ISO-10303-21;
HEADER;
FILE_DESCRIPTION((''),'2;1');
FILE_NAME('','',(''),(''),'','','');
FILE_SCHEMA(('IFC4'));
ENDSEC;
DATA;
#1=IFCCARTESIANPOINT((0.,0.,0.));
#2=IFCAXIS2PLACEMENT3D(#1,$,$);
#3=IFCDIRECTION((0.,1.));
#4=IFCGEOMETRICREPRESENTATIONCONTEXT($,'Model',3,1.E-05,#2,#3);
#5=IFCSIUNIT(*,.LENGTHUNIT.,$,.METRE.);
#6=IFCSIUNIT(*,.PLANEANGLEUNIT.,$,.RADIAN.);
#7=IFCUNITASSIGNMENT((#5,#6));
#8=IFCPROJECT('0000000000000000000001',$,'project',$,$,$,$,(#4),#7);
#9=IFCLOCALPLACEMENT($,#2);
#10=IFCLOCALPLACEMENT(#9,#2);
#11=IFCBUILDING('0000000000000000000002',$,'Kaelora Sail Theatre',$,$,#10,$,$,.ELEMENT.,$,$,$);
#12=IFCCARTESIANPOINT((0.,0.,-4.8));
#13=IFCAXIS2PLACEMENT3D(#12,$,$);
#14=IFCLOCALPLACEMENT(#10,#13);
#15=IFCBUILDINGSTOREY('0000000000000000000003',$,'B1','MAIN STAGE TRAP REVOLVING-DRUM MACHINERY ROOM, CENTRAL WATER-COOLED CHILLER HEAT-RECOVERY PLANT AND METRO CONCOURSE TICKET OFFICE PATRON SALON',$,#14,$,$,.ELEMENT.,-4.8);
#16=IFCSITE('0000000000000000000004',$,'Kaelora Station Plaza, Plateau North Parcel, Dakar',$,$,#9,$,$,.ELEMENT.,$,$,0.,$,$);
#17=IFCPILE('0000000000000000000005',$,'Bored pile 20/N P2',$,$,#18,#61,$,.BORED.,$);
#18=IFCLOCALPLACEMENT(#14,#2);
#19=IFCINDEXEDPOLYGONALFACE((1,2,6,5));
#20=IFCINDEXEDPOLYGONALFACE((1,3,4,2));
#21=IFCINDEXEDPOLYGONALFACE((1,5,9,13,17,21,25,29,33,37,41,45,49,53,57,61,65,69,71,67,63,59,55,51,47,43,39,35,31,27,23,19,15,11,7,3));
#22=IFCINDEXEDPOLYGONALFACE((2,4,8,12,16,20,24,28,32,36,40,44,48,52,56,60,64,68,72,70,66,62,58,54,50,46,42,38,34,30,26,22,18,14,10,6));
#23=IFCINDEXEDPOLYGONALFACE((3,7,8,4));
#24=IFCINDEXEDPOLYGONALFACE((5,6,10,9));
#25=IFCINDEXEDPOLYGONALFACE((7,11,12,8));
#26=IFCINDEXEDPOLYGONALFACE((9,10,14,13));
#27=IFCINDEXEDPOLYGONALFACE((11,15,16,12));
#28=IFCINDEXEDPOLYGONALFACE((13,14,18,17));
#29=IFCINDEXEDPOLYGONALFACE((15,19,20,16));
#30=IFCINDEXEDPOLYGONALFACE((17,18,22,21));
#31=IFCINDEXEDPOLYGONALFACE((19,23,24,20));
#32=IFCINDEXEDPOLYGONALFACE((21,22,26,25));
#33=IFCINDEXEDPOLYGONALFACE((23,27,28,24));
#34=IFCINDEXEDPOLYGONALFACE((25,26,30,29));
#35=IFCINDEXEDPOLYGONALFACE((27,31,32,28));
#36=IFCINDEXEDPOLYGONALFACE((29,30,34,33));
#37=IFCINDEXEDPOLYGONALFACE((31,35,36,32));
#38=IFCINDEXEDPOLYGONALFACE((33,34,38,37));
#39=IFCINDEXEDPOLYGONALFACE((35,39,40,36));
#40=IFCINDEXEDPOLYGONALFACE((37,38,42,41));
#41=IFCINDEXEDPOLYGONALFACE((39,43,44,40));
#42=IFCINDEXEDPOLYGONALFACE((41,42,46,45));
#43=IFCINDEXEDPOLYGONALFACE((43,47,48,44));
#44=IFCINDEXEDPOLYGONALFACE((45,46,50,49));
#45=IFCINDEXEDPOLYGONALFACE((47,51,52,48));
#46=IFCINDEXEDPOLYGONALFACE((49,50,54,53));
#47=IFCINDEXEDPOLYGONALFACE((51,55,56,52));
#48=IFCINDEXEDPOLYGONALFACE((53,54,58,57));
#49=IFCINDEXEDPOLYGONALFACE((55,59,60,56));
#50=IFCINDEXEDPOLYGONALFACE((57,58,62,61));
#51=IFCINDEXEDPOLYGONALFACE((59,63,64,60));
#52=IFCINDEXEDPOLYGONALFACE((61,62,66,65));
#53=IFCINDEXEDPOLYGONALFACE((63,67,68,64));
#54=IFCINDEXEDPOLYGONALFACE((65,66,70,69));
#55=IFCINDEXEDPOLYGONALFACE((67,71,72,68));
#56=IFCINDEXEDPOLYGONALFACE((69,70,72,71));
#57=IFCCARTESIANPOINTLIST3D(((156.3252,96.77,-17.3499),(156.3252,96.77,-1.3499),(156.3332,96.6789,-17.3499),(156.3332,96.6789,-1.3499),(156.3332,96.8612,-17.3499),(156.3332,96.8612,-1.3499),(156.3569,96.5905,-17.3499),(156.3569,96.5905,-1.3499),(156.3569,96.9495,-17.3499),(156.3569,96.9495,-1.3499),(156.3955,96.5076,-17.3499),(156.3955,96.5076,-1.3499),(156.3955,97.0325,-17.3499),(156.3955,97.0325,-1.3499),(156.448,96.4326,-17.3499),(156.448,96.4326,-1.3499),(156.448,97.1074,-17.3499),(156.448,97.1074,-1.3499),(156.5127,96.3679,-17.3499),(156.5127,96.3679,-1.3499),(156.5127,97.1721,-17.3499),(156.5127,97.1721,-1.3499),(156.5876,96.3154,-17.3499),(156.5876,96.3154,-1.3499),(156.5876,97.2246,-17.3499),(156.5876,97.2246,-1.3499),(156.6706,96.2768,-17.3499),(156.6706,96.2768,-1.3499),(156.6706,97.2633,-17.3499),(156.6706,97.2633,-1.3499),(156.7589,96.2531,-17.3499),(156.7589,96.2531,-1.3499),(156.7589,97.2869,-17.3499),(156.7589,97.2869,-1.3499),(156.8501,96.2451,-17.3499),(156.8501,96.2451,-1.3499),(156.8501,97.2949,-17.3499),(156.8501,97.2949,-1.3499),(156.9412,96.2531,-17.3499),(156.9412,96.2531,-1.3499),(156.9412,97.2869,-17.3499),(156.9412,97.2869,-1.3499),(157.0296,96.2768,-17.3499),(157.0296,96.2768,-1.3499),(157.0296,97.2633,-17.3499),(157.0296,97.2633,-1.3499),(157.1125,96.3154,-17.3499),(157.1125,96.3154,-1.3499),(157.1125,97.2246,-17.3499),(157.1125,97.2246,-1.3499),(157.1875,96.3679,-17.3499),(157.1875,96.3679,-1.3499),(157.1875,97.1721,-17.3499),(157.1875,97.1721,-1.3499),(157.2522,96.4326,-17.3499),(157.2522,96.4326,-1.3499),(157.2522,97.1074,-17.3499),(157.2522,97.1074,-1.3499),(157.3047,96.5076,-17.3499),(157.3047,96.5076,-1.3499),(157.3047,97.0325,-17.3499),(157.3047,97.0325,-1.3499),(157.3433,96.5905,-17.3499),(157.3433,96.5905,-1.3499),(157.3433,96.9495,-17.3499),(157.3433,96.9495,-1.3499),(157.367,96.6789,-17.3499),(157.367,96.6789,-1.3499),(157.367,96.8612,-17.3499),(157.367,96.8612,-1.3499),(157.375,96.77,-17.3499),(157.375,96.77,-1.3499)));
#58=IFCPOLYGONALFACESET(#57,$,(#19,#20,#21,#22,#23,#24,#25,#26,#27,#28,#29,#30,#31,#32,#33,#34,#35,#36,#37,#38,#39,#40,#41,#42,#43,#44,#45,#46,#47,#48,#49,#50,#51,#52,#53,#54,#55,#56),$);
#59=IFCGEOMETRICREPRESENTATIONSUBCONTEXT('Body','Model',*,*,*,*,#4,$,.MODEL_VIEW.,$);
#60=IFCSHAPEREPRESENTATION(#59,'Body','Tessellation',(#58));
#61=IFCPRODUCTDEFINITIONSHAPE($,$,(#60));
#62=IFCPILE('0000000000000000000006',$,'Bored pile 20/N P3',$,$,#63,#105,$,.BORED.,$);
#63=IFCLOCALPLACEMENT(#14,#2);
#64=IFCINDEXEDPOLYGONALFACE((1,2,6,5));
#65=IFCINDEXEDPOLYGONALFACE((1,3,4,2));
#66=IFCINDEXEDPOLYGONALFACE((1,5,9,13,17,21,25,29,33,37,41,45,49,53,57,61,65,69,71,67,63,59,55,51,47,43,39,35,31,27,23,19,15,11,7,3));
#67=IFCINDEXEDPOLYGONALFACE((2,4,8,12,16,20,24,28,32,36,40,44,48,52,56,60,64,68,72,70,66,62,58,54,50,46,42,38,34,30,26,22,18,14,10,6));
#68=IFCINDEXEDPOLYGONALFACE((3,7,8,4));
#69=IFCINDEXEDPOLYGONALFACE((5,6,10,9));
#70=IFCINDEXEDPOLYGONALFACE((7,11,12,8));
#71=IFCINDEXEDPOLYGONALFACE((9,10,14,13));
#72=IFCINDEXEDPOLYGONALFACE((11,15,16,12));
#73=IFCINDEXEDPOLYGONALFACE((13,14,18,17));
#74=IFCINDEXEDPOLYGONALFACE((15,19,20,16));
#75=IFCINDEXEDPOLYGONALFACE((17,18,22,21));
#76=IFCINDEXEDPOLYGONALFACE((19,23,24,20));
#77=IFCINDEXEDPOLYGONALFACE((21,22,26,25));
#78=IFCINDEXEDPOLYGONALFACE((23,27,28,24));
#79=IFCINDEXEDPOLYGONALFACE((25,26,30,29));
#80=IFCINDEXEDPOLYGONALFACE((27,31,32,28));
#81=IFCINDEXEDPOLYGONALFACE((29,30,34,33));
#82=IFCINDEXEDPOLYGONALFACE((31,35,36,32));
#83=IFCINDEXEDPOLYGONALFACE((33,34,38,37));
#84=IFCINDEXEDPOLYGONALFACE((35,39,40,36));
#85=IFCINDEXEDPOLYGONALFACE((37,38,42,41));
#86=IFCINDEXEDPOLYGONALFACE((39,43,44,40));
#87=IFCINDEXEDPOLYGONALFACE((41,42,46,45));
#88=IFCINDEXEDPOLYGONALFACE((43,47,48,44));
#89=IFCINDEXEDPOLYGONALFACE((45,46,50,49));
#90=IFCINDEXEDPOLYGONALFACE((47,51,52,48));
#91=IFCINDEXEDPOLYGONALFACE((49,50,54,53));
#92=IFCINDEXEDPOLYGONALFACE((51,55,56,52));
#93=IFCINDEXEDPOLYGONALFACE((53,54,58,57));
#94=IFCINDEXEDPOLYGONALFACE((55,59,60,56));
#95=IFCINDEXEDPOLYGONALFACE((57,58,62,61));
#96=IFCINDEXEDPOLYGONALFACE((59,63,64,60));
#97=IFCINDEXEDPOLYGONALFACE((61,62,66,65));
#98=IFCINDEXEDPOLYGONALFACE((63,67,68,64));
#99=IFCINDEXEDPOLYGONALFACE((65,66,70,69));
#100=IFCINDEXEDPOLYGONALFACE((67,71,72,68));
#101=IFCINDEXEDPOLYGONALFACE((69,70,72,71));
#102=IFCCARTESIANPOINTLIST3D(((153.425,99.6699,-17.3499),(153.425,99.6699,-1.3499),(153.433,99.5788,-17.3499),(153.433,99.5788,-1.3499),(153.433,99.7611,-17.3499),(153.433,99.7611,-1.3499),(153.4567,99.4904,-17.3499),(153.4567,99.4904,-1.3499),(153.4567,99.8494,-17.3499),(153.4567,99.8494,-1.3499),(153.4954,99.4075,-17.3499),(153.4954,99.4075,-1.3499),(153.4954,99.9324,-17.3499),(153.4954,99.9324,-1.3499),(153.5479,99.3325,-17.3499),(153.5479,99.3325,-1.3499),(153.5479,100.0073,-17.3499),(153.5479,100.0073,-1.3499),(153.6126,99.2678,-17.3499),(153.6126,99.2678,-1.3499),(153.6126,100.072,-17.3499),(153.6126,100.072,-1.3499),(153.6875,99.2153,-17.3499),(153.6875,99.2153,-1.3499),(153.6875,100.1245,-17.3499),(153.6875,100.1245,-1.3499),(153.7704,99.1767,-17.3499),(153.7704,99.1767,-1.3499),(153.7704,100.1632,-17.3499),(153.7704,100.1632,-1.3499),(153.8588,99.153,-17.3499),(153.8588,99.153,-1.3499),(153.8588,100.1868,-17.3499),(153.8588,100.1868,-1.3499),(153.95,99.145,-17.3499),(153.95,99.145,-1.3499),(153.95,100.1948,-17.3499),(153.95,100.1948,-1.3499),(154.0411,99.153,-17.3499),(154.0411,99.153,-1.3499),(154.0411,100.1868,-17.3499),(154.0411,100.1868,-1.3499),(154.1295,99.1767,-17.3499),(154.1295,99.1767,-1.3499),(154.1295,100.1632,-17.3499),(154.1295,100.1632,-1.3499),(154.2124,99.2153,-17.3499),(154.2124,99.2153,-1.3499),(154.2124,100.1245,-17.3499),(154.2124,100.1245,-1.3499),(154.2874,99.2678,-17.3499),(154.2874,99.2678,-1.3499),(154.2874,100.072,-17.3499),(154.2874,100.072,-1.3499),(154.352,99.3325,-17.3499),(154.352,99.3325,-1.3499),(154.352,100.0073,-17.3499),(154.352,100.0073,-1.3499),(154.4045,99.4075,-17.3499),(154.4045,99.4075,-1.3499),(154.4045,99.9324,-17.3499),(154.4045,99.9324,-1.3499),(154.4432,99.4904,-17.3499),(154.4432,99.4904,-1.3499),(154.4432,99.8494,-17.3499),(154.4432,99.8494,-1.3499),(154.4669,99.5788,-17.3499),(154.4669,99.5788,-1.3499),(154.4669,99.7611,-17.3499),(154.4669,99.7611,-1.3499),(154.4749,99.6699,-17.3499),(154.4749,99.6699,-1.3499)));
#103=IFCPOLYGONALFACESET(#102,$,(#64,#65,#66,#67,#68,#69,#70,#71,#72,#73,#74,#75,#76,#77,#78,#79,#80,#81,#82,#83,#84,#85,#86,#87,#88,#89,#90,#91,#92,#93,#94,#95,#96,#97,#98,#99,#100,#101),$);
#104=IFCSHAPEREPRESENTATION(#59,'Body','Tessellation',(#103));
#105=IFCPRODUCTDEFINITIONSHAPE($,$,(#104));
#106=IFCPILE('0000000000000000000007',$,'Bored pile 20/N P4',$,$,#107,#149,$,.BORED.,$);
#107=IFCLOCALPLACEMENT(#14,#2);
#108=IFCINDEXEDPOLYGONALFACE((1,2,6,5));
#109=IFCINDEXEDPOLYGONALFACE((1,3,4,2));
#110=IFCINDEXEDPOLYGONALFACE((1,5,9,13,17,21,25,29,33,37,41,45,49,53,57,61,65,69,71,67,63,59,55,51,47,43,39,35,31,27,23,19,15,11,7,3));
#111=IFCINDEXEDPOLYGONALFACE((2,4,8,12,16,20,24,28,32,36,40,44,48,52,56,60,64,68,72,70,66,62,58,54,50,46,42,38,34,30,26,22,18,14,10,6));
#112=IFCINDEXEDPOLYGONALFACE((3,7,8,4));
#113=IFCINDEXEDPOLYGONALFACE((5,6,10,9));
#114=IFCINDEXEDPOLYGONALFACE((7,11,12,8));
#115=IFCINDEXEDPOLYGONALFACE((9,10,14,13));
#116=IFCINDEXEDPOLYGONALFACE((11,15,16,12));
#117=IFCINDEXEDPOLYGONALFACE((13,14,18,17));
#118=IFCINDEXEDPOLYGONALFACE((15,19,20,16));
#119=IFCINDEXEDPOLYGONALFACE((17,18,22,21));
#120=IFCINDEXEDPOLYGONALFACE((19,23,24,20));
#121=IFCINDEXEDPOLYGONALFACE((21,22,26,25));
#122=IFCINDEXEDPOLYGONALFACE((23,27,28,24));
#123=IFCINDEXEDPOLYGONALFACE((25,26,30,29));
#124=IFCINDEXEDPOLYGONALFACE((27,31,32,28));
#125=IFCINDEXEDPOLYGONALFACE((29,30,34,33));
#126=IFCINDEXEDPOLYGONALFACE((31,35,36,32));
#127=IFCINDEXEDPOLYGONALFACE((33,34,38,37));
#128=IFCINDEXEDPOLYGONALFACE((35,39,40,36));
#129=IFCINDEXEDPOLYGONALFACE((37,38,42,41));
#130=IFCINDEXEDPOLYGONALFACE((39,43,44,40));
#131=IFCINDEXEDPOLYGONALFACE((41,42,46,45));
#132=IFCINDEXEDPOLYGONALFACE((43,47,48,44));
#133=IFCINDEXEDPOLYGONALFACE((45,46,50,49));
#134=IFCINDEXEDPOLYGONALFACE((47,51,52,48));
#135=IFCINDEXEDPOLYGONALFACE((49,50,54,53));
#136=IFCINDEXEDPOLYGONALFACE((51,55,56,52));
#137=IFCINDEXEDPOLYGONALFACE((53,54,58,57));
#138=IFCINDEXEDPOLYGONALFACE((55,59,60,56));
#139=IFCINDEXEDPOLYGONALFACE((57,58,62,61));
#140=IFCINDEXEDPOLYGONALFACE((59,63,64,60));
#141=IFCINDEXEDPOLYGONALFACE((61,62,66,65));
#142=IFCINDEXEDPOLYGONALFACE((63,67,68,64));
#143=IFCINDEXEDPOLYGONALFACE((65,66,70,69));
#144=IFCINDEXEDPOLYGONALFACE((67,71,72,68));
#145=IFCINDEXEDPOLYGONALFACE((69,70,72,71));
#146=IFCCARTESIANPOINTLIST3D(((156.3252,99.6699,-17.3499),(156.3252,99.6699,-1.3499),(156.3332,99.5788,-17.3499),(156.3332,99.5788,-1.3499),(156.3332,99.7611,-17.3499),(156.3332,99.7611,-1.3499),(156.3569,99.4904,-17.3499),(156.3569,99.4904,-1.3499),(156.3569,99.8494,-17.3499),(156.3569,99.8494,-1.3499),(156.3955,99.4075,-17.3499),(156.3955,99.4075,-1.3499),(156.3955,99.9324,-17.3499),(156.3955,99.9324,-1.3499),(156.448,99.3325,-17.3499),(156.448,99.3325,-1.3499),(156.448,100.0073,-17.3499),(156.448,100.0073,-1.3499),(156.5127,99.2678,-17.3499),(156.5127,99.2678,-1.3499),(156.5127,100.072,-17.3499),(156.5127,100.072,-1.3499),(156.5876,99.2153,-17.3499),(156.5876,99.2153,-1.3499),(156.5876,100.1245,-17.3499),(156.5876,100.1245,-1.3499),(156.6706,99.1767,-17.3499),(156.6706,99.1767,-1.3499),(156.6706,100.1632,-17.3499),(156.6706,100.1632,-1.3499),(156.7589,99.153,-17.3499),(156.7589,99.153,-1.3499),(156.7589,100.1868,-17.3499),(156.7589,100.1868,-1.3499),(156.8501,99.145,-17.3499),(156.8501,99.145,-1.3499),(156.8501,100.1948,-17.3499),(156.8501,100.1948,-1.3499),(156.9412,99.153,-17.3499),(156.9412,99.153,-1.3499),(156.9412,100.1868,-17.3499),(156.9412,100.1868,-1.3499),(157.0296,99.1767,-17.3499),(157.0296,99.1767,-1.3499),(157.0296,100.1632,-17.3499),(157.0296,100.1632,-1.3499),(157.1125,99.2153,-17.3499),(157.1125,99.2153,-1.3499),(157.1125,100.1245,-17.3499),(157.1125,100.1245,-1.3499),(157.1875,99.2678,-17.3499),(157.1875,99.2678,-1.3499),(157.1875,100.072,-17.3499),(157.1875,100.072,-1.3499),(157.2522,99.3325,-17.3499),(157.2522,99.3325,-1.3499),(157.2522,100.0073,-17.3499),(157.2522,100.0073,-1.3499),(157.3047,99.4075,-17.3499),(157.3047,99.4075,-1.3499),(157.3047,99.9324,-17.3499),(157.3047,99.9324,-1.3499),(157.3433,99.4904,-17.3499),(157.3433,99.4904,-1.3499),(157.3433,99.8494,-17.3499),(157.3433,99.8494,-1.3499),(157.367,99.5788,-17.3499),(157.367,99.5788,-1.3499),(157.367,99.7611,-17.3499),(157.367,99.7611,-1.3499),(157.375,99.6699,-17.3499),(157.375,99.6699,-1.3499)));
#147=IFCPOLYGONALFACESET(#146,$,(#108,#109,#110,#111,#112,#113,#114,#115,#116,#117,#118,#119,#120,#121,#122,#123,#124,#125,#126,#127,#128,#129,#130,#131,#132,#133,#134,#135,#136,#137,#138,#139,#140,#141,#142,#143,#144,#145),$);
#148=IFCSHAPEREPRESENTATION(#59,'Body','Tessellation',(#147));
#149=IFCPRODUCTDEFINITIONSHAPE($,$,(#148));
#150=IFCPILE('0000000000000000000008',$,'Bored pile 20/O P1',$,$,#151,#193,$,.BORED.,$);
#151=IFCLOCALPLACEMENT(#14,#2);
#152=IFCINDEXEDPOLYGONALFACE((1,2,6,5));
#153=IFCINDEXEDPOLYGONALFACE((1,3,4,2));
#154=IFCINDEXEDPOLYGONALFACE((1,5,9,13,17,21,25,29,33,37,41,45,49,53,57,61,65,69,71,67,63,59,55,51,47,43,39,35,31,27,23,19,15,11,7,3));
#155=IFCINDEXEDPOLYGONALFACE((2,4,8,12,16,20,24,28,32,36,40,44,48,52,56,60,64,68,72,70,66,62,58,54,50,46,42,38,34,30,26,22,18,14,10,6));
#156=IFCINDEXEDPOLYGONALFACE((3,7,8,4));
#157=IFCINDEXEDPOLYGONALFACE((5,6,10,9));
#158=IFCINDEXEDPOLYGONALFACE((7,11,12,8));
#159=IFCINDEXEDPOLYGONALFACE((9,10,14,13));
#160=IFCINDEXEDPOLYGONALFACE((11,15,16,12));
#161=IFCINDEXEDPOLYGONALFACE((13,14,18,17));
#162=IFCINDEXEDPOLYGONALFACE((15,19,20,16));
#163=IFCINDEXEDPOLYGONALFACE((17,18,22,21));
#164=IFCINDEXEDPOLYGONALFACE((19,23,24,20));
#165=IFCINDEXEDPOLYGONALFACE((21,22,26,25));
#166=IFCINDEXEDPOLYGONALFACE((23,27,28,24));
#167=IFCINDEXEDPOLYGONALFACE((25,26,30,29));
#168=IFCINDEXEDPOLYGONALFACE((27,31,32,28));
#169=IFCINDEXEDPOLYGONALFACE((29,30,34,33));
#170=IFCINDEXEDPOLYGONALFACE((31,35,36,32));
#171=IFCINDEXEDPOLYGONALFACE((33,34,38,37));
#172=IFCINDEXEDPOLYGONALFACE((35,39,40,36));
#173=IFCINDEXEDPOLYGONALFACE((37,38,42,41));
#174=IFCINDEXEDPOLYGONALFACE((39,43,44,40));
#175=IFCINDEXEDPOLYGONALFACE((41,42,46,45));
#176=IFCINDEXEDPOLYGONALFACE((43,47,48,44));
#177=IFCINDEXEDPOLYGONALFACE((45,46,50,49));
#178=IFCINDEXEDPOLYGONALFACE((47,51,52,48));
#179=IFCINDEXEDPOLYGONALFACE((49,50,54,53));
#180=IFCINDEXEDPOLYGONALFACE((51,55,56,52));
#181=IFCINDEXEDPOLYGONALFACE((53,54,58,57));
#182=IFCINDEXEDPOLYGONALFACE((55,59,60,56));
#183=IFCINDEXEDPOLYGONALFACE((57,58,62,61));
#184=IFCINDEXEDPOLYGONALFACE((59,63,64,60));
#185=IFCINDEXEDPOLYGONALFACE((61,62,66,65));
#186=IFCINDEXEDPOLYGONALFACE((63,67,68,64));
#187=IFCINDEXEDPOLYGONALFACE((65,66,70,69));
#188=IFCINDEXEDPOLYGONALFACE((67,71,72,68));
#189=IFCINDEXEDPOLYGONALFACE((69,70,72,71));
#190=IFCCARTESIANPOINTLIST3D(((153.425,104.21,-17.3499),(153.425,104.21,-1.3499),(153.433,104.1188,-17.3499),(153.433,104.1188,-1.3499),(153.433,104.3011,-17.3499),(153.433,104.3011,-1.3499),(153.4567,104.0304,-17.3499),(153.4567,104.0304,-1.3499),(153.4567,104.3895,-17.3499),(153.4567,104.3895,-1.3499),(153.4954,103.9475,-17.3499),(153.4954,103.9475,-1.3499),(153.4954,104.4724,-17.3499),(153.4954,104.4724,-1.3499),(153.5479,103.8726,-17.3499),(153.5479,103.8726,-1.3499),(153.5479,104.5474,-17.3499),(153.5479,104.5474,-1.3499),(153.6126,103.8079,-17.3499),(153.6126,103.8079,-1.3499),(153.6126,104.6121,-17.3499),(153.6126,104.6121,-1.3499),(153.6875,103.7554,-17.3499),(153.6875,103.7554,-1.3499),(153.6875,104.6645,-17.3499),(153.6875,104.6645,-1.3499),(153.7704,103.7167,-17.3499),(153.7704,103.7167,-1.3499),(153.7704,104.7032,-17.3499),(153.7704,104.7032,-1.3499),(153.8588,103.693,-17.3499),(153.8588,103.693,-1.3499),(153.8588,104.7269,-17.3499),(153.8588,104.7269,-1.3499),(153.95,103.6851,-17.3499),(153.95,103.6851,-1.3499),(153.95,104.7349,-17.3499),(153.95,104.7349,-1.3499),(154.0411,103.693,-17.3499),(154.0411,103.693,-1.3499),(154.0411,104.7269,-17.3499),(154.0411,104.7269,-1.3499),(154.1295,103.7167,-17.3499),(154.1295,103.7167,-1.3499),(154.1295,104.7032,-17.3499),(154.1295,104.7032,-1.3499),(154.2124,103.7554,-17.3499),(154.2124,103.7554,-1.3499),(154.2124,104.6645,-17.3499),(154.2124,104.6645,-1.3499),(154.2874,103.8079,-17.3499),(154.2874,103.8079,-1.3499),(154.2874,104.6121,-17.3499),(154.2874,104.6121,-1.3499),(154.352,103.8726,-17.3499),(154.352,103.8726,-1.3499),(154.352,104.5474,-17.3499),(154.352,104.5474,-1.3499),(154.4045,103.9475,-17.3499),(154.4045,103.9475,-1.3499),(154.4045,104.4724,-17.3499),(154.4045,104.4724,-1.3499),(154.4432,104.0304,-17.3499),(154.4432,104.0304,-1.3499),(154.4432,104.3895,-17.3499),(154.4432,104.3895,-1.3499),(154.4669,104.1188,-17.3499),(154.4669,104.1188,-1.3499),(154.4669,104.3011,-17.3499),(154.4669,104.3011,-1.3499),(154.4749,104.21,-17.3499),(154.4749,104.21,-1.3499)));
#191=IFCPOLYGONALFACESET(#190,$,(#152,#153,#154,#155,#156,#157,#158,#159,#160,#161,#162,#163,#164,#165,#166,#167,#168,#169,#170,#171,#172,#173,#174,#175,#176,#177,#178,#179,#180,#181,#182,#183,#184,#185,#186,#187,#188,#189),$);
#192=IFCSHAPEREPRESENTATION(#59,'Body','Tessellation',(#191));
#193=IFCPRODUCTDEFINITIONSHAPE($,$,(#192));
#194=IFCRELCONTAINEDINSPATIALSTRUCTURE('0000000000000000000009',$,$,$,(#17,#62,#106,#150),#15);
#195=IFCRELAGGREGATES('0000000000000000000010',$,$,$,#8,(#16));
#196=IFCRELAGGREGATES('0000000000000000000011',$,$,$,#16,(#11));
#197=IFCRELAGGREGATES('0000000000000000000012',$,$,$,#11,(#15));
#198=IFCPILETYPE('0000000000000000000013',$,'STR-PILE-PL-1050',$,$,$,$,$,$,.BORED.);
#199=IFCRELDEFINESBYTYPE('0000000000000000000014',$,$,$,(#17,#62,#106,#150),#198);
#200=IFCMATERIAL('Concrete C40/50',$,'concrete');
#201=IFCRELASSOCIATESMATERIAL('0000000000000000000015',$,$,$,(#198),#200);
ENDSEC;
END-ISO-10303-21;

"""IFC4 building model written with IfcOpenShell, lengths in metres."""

from ifc_helpers import new_model, si_unit, direction, frame, origin, origin_2d, place, context, subcontext, project, spatial, circle, extrude, material, material_profile, profile_set, type_object, element, save


model = new_model("IFC4")

# Units and contexts
model_context = context("Model", 3, precision=1e-05, world=origin(), true_north=direction((0.0, 1.0)))
body_context = subcontext(model_context, "Body", "Model", "MODEL_VIEW")
ifc_project = project(units=[si_unit("LENGTHUNIT", "METRE"), si_unit("PLANEANGLEUNIT", "RADIAN")], contexts=[model_context])

# Site, building, storey
site_placement = place(None, origin())
site = spatial("IfcSite", under=ifc_project, at=site_placement, Name="Kaelora Station Plaza, Plateau North Parcel, Dakar", CompositionType="ELEMENT", RefElevation=0.0)
building_placement = place(site_placement, origin())
building = spatial("IfcBuilding", under=site, at=building_placement, Name="Kaelora Sail Theatre", CompositionType="ELEMENT")
storey_placement = place(building_placement, frame((0.0, 0.0, -4.8)))
storey = spatial("IfcBuildingStorey", under=building, at=storey_placement, Name="B1", Description="MAIN STAGE TRAP REVOLVING-DRUM MACHINERY ROOM, CENTRAL WATER-COOLED CHILLER HEAT-RECOVERY PLANT AND METRO CONCOURSE TICKET OFFICE PATRON SALON", CompositionType="ELEMENT", Elevation=-4.8)

# Piles
ifc_material_1 = material(Name="Concrete C40/50", Category="concrete")
ifc_material_profile_1 = material_profile(ifc_material_1, circle(Radius=0.5249, at=origin_2d()), Name="PILE D1050")
ifc_profile_set_1 = profile_set([ifc_material_profile_1], Name="Concrete C40/50")
pile_type_1 = type_object("IfcPileType", Name="STR-PILE-PL-1050", PredefinedType="BORED", material=ifc_profile_set_1)
for number, where, z_axis, x_axis, name in (
    (1, (156.8501, 96.77, -1.3499), (0.0, 0.0, -1.0), (1.0, 0.0, 0.0), "Bored pile 20/N P2"),
    (2, (153.95, 99.6699, -1.3499), (0.0, 0.0, -1.0), (1.0, 0.0, 0.0), "Bored pile 20/N P3"),
    (3, (156.8501, 99.6699, -1.3499), (0.0, 0.0, -1.0), (1.0, 0.0, 0.0), "Bored pile 20/N P4"),
    (4, (153.95, 104.21, -1.3499), (0.0, 0.0, -1.0), (1.0, 0.0, 0.0), "Bored pile 20/O P1"),
):
    element("IfcPile", number, at=place(storey_placement, frame(where, z_axis=z_axis, x_axis=x_axis)), inside=storey, type_object=pile_type_1, Name=name, PredefinedType="BORED", context=body_context, shape_type="SweptSolid", body=[
        extrude(circle(Radius=0.5249, at=origin_2d()), origin(), (0.0, 0.0, 1.0), 16.0),
    ])

save(model, "model.ifc")
